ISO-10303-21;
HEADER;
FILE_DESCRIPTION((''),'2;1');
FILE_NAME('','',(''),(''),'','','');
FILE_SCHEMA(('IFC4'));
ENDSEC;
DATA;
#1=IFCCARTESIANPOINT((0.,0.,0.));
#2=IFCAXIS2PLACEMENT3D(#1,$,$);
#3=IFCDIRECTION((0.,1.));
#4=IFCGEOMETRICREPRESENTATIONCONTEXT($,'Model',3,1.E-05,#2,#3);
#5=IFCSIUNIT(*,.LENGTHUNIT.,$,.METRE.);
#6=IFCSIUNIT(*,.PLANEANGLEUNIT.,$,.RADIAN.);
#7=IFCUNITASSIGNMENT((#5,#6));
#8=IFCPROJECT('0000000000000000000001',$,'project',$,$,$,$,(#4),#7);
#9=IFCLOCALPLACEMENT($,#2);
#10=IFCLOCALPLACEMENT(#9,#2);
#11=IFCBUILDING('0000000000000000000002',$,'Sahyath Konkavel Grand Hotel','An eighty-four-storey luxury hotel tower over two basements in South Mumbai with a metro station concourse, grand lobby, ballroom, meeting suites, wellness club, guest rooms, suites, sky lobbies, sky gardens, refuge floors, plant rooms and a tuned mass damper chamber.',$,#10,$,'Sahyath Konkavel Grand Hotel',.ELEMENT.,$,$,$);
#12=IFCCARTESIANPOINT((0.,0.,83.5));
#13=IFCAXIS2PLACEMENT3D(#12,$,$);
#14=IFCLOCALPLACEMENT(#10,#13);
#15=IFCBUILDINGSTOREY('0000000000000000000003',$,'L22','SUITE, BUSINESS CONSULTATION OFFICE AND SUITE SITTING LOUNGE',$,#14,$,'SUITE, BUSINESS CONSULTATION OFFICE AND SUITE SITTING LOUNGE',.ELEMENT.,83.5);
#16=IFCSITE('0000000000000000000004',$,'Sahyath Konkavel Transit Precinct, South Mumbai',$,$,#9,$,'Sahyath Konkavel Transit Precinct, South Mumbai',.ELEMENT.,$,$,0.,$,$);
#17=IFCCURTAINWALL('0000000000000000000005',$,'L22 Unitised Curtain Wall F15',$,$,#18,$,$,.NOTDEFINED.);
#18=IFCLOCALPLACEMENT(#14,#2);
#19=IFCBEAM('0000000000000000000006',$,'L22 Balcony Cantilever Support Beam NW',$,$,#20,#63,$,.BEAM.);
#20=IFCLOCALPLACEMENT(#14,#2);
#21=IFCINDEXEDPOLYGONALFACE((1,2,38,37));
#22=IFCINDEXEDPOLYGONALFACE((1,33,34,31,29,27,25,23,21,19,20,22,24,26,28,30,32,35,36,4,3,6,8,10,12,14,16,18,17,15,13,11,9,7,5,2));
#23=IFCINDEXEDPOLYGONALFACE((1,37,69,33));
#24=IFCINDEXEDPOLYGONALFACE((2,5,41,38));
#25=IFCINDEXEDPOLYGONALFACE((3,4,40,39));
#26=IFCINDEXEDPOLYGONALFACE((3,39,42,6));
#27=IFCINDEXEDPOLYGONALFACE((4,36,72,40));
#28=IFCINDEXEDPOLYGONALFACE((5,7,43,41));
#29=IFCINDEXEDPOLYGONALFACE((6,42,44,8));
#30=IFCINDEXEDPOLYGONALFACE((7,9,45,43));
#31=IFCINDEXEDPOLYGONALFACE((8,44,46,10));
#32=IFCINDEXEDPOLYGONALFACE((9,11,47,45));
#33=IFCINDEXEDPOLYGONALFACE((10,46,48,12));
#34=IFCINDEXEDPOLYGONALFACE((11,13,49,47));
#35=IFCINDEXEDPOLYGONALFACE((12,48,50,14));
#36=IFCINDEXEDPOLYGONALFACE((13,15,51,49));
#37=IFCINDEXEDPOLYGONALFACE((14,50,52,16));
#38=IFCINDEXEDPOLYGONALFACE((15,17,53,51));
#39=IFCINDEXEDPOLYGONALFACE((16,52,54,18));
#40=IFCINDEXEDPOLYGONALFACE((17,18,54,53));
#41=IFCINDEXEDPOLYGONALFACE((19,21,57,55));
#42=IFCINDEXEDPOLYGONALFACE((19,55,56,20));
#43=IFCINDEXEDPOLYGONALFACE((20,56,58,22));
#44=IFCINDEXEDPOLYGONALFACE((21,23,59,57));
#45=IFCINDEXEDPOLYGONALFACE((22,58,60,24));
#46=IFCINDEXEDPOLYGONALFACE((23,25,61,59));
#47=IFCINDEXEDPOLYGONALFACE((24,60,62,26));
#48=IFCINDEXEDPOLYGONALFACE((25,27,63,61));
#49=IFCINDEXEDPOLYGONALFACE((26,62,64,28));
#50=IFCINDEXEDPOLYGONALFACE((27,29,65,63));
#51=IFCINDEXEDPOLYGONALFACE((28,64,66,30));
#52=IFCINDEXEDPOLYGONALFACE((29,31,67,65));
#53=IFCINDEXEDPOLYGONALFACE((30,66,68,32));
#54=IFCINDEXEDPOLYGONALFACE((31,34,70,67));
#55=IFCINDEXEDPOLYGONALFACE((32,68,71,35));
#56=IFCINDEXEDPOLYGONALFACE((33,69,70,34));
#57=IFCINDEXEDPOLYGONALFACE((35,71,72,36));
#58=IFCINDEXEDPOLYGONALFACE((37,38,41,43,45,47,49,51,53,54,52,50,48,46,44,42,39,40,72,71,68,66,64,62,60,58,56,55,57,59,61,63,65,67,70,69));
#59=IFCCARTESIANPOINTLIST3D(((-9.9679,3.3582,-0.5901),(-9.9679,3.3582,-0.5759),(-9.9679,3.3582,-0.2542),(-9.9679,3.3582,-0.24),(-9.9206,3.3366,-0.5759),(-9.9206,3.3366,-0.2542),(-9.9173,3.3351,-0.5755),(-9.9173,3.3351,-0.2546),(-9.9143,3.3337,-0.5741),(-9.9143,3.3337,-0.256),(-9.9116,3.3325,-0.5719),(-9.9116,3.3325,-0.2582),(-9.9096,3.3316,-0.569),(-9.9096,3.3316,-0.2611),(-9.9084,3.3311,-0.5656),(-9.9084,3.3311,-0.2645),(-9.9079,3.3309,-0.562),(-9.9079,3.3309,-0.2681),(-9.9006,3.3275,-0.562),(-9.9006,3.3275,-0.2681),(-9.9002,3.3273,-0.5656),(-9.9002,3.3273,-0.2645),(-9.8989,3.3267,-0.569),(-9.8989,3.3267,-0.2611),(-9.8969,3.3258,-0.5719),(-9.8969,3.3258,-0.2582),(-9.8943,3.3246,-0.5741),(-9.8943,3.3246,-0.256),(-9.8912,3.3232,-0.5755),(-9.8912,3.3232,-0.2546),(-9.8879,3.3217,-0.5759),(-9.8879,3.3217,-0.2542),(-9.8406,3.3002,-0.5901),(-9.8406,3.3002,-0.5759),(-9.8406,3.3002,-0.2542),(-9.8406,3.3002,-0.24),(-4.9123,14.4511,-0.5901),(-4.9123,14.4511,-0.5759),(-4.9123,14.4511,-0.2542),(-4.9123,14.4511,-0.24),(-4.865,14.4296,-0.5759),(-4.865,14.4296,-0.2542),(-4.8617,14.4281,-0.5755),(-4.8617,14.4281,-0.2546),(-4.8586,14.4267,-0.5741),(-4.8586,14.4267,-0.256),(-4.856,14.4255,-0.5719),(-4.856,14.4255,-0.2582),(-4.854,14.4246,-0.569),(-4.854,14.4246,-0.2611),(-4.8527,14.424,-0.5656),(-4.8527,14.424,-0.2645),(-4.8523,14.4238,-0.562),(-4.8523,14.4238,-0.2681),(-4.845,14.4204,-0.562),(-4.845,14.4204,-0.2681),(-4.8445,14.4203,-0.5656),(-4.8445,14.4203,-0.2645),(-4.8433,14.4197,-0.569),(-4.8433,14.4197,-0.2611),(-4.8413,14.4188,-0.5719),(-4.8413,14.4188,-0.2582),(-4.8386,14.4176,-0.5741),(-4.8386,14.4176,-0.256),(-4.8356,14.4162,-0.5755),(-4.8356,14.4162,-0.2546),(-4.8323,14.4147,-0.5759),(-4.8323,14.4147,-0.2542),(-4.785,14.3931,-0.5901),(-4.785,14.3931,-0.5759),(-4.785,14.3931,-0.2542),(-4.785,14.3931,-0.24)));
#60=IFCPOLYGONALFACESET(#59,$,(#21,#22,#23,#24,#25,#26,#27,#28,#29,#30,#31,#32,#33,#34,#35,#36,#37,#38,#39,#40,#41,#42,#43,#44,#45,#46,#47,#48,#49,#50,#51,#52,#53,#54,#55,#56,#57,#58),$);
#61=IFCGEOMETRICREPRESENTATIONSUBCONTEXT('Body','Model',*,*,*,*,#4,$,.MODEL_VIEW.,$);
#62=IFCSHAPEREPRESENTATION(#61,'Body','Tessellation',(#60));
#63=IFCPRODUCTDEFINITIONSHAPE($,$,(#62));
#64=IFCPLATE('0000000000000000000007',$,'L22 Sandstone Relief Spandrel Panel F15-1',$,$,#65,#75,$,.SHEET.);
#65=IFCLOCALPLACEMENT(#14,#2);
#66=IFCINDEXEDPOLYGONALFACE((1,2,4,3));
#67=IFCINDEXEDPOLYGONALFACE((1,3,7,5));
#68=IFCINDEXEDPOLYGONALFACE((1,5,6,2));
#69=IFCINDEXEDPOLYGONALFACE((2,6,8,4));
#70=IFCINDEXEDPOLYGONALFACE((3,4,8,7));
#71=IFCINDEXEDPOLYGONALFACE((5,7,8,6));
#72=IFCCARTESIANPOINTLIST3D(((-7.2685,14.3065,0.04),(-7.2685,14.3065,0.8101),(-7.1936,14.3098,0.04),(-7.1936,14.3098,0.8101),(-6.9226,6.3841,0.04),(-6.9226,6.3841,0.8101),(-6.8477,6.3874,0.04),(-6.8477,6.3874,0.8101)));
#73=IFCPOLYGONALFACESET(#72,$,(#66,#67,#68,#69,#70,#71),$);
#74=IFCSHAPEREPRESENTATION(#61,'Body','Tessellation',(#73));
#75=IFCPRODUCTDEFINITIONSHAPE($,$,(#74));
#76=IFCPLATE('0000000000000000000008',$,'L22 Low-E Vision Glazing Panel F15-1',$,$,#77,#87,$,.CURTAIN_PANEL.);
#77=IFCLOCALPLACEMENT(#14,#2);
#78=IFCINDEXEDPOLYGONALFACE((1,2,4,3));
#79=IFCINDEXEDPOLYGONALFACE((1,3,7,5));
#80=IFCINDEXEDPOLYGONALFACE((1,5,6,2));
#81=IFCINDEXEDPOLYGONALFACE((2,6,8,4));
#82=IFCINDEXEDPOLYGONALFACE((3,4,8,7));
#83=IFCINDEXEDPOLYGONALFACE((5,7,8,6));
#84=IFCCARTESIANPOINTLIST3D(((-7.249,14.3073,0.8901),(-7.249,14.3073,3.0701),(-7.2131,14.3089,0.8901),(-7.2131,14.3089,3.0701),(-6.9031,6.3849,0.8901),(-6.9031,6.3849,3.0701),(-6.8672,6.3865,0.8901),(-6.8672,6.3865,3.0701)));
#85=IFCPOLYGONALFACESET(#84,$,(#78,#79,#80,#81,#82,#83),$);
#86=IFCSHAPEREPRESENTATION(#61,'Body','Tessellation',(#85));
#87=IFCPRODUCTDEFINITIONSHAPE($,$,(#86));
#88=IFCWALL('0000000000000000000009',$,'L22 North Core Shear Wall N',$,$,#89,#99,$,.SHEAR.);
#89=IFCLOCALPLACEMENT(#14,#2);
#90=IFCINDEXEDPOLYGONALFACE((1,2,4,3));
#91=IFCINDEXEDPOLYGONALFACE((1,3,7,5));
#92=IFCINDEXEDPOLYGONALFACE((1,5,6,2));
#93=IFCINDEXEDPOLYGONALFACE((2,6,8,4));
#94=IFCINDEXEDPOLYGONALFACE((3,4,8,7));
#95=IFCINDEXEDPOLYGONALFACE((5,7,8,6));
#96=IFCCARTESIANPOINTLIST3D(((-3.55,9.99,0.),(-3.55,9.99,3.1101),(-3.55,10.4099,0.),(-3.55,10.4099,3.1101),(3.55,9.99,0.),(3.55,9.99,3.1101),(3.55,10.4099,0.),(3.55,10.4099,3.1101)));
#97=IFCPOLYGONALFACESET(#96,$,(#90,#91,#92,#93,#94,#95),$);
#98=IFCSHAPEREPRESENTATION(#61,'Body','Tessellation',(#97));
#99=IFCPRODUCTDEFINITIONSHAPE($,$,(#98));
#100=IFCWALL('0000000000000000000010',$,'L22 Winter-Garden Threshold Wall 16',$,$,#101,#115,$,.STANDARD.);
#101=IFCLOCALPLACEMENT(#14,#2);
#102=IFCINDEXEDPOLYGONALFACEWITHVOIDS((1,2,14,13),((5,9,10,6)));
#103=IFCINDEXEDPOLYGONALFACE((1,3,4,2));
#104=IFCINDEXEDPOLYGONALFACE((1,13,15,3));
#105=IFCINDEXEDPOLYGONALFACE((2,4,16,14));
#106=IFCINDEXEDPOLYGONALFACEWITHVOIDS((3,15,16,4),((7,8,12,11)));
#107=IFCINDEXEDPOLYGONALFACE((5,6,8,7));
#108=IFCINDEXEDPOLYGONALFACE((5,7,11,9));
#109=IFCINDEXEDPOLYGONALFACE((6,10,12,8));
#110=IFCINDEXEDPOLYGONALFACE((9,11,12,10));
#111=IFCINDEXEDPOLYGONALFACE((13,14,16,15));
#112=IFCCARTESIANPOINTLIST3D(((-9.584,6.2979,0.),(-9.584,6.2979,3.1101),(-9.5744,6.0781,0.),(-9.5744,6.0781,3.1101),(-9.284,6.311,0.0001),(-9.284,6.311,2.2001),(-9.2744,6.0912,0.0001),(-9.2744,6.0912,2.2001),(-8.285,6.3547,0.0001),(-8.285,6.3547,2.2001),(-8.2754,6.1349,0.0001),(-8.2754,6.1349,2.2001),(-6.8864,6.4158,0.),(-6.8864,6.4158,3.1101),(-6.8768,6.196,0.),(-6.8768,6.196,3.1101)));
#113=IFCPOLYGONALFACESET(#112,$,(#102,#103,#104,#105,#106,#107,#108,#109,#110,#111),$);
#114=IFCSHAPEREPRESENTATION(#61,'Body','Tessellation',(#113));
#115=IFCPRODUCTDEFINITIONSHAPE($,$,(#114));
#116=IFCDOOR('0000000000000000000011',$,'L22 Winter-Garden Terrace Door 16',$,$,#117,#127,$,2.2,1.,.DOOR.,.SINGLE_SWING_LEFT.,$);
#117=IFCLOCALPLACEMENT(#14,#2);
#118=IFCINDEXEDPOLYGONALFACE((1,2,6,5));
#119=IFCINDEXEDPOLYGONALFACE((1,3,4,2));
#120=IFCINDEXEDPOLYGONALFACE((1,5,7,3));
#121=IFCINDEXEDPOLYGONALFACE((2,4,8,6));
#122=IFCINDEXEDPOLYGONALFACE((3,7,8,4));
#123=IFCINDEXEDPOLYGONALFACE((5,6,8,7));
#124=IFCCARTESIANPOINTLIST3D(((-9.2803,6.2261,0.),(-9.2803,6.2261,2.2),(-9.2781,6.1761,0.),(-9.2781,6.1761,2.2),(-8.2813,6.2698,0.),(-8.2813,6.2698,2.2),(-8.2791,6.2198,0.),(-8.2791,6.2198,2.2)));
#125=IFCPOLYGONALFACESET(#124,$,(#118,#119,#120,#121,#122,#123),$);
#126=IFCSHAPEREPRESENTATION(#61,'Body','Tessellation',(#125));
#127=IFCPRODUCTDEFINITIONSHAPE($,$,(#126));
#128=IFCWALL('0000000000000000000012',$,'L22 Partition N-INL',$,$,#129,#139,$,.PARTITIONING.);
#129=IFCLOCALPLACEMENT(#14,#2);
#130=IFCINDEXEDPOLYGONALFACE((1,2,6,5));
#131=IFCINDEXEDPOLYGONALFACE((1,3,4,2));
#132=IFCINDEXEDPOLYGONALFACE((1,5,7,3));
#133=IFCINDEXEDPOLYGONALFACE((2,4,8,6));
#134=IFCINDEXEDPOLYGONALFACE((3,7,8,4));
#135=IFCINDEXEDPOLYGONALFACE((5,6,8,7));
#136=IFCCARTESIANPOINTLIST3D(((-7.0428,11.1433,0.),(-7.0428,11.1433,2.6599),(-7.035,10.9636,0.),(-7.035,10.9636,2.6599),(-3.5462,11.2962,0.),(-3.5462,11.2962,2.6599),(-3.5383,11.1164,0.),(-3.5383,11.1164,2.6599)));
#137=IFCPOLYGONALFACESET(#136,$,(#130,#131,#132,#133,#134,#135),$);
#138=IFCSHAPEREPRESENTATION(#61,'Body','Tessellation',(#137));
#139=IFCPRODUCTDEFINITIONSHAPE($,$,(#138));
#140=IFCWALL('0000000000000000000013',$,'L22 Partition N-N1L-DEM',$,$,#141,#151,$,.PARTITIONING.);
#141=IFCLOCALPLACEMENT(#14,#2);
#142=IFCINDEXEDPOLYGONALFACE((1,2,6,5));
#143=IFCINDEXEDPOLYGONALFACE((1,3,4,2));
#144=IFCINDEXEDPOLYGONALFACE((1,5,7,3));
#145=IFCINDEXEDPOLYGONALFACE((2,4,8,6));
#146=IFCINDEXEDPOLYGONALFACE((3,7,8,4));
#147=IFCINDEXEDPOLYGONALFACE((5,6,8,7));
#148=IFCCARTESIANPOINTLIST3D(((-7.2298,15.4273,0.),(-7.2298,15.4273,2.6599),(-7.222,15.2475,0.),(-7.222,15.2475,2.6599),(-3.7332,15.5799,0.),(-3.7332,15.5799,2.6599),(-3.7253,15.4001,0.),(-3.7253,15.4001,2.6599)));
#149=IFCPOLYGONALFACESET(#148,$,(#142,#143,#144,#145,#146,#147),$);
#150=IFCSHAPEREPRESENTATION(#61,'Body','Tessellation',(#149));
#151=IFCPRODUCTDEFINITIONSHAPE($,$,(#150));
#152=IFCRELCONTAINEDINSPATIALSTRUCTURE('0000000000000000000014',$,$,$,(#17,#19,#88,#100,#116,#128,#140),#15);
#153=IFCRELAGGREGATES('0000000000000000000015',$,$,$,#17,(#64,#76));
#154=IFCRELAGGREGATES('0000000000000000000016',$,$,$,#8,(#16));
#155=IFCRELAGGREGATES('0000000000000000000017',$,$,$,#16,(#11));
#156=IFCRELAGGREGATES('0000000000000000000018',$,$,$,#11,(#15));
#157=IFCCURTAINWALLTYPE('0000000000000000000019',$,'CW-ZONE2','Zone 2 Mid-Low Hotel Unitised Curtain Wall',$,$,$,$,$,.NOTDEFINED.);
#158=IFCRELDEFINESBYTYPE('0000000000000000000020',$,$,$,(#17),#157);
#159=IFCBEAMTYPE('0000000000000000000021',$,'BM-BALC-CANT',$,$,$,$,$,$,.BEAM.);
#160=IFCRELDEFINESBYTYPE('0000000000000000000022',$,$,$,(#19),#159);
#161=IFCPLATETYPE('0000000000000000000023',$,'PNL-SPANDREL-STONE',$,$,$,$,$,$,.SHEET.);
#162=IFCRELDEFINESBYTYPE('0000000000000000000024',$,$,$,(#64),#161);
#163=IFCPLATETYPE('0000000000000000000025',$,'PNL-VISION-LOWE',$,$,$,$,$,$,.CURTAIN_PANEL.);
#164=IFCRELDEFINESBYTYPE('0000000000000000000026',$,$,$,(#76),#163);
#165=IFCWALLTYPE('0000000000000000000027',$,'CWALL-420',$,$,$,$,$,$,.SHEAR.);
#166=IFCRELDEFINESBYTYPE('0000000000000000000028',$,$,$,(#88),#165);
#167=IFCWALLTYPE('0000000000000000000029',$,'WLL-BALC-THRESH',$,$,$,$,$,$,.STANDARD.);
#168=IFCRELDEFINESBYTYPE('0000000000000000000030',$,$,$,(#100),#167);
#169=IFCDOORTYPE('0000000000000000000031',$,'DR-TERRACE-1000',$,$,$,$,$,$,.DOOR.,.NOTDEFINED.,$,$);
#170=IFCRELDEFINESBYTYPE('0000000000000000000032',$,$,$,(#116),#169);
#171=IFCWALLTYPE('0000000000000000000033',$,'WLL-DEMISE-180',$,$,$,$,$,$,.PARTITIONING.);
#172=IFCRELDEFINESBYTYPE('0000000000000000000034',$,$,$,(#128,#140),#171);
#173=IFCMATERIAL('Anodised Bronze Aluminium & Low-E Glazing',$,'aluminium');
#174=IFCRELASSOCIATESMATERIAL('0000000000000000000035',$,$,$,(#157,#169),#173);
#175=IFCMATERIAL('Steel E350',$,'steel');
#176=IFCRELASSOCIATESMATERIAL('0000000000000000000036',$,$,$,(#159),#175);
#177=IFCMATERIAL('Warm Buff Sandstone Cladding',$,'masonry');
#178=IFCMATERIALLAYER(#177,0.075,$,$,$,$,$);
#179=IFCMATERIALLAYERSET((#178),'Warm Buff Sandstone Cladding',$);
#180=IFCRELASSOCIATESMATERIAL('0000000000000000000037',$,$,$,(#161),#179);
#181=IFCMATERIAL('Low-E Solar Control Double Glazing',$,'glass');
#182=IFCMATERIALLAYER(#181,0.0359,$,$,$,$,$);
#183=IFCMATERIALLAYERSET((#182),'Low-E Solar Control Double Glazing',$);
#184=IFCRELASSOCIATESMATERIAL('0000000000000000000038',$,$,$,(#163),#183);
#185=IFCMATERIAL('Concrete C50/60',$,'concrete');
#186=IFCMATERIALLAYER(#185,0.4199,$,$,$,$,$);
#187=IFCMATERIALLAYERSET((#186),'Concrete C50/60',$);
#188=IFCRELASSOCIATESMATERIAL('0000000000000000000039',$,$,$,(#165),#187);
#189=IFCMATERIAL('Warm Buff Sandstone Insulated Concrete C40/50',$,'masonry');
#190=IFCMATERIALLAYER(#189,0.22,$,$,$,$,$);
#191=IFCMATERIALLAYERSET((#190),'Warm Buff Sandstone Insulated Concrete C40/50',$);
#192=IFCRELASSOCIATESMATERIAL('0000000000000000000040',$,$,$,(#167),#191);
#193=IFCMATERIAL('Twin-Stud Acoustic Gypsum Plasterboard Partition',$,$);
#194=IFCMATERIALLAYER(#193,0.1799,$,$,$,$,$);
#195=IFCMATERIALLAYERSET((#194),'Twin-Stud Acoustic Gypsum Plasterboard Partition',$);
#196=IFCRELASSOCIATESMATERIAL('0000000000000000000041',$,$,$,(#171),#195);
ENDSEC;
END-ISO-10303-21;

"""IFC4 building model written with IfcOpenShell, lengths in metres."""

from ifc_helpers import new_model, si_unit, direction, frame, frame_2d, origin, origin_2d, place, context, subcontext, project, spatial, rectangle, i_section, extrude, source, transform, mapped, material, layer, layer_set, material_profile, profile_set, type_object, element, fill, aggregate, save


model = new_model("IFC4")

# Units and contexts
model_context = context("Model", 3, precision=1e-05, world=origin(), true_north=direction((0.0, 1.0)))
body_context = subcontext(model_context, "Body", "Model", "MODEL_VIEW")
ifc_project = project(units=[si_unit("LENGTHUNIT", "METRE"), si_unit("PLANEANGLEUNIT", "RADIAN")], contexts=[model_context])

# Site, building, storey
site_placement = place(None, origin())
site = spatial("IfcSite", under=ifc_project, at=site_placement, Name="Sahyath Konkavel Transit Precinct, South Mumbai", LongName="Sahyath Konkavel Transit Precinct, South Mumbai", CompositionType="ELEMENT", RefElevation=0.0)
building_placement = place(site_placement, origin())
building = spatial("IfcBuilding", under=site, at=building_placement, Name="Sahyath Konkavel Grand Hotel", Description="An eighty-four-storey luxury hotel tower over two basements in South Mumbai with a metro station concourse, grand lobby, ballroom, meeting suites, wellness club, guest rooms, suites, sky lobbies, sky gardens, refuge floors, plant rooms and a tuned mass damper chamber.", LongName="Sahyath Konkavel Grand Hotel", CompositionType="ELEMENT")
storey_placement = place(building_placement, frame((0.0, 0.0, 83.5)))
storey = spatial("IfcBuildingStorey", under=building, at=storey_placement, Name="L22", Description="SUITE, BUSINESS CONSULTATION OFFICE AND SUITE SITTING LOUNGE", LongName="SUITE, BUSINESS CONSULTATION OFFICE AND SUITE SITTING LOUNGE", CompositionType="ELEMENT", Elevation=83.5)

# Shared definitions
ifc_material_1 = material(Name="Steel E350", Category="steel")

# Curtain wall
ifc_material_2 = material(Name="Anodised Bronze Aluminium & Low-E Glazing", Category="aluminium")
curtain_wall_type = type_object("IfcCurtainWallType", Name="CW-ZONE2", Description="Zone 2 Mid-Low Hotel Unitised Curtain Wall", PredefinedType="NOTDEFINED", material=ifc_material_2)
curtain_wall_placement = place(storey_placement, origin())
curtain_wall = element("IfcCurtainWall", 1, at=curtain_wall_placement, inside=storey, type_object=curtain_wall_type, Name="L22 Unitised Curtain Wall F15", PredefinedType="NOTDEFINED")

# Beam
ifc_material_profile_1 = material_profile(ifc_material_1, i_section(OverallWidth=0.1399, OverallDepth=0.3501, WebThickness=0.0081, FlangeThickness=0.0142, FilletRadius=0.0139, at=origin_2d()), Name="ISMB 350")
ifc_profile_set_1 = profile_set([ifc_material_profile_1], Name="Steel E350")
beam_type_1 = type_object("IfcBeamType", Name="BM-BALC-CANT", PredefinedType="BEAM", material=ifc_profile_set_1)
shared_shape_1 = source(origin(), body_context, "Body", "SweptSolid", [
    extrude(i_section(OverallWidth=0.1399, OverallDepth=0.3501, WebThickness=0.0081, FlangeThickness=0.0142, FilletRadius=0.0139, at=origin_2d()), origin(), (0.0, 0.0, 1.0), 12.1907),
])
beam_1_placement = place(storey_placement, frame((-4.8486, 14.4221, -0.415), z_axis=(-0.414713, -0.909952, 0.0), x_axis=(0.909952, -0.414713, 0.0)))
element("IfcBeam", 2, at=beam_1_placement, inside=storey, type_object=beam_type_1, Name="L22 Balcony Cantilever Support Beam NW", PredefinedType="BEAM", context=body_context, shape_type="MappedRepresentation", body=[
    mapped(shared_shape_1, transform((0.0, 0.0, 0.0), scale=1.0)),
])

# Plates
ifc_material_3 = material(Name="Warm Buff Sandstone Cladding", Category="masonry")
ifc_layer_1 = layer(ifc_material_3, 0.075)
ifc_layer_set_1 = layer_set([ifc_layer_1], Name="Warm Buff Sandstone Cladding")
plate_type_1 = type_object("IfcPlateType", Name="PNL-SPANDREL-STONE", PredefinedType="SHEET", material=ifc_layer_set_1)
shared_shape_2 = source(origin(), body_context, "Body", "SweptSolid", [
    extrude(rectangle(XDim=7.9299, YDim=0.075, at=origin_2d()), origin(), (0.0, 0.0, 1.0), 0.77),
])
plate_1_placement = place(storey_placement, frame((-7.0581, 10.3469, 0.04), z_axis=(0.0, 0.0, 1.0), x_axis=(0.043619, -0.999048, 0.0)))
plate_1 = element("IfcPlate", 3, at=plate_1_placement, type_object=plate_type_1, Name="L22 Sandstone Relief Spandrel Panel F15-1", PredefinedType="SHEET", context=body_context, shape_type="MappedRepresentation", body=[
    mapped(shared_shape_2, transform((0.0, 0.0, 0.0), scale=1.0)),
])
ifc_material_4 = material(Name="Low-E Solar Control Double Glazing", Category="glass")
ifc_layer_2 = layer(ifc_material_4, 0.0359)
ifc_layer_set_2 = layer_set([ifc_layer_2], Name="Low-E Solar Control Double Glazing")
plate_type_2 = type_object("IfcPlateType", Name="PNL-VISION-LOWE", PredefinedType="CURTAIN_PANEL", material=ifc_layer_set_2)
shared_shape_3 = source(origin(), body_context, "Body", "SweptSolid", [
    extrude(rectangle(XDim=7.9299, YDim=0.0359, at=origin_2d()), origin(), (0.0, 0.0, 1.0), 2.1799),
])
plate_2_placement = place(storey_placement, frame((-7.0581, 10.3469, 0.8901), z_axis=(0.0, 0.0, 1.0), x_axis=(0.043619, -0.999048, 0.0)))
plate_2 = element("IfcPlate", 4, at=plate_2_placement, type_object=plate_type_2, Name="L22 Low-E Vision Glazing Panel F15-1", PredefinedType="CURTAIN_PANEL", context=body_context, shape_type="MappedRepresentation", body=[
    mapped(shared_shape_3, transform((0.0, 0.0, 0.0), scale=1.0)),
])
aggregate(curtain_wall, [plate_1, plate_2])

# Wall
ifc_material_5 = material(Name="Concrete C50/60", Category="concrete")
ifc_layer_3 = layer(ifc_material_5, 0.4199)
ifc_layer_set_3 = layer_set([ifc_layer_3], Name="Concrete C50/60")
wall_type_1 = type_object("IfcWallType", Name="CWALL-420", PredefinedType="SHEAR", material=ifc_layer_set_3)
wall_1_placement = place(storey_placement, frame((-3.55, 10.2, 0.0), z_axis=(0.0, 0.0, 1.0), x_axis=(1.0, 0.0, 0.0)))
element("IfcWall", 5, at=wall_1_placement, inside=storey, type_object=wall_type_1, Name="L22 North Core Shear Wall N", PredefinedType="SHEAR", context=body_context, shape_type="SweptSolid", body=[
    extrude(rectangle(XDim=7.1001, YDim=0.4199, at=frame_2d((3.55, 0.0))), origin(), (0.0, 0.0, 1.0), 3.1101),
])

# Wall, opening, door
ifc_material_6 = material(Name="Warm Buff Sandstone Insulated Concrete C40/50", Category="masonry")
ifc_layer_4 = layer(ifc_material_6, 0.22)
ifc_layer_set_4 = layer_set([ifc_layer_4], Name="Warm Buff Sandstone Insulated Concrete C40/50")
wall_type_2 = type_object("IfcWallType", Name="WLL-BALC-THRESH", PredefinedType="STANDARD", material=ifc_layer_set_4)
wall_2_placement = place(storey_placement, frame((-6.8816, 6.3059, 0.0), z_axis=(0.0, 0.0, 1.0), x_axis=(-0.999046, -0.043673, 0.0)))
wall_2 = element("IfcWall", 6, at=wall_2_placement, inside=storey, type_object=wall_type_2, Name="L22 Winter-Garden Threshold Wall 16", PredefinedType="STANDARD", context=body_context, shape_type="SweptSolid", body=[
    extrude(rectangle(XDim=2.7002, YDim=0.22, at=frame_2d((1.3501, 0.0))), origin(), (0.0, 0.0, 1.0), 3.1101),
])
opening_1_placement = place(wall_2_placement, frame((1.3999, 0.0, 0.0)))
opening_1 = element("IfcOpeningElement", 7, at=opening_1_placement, cuts=wall_2, PredefinedType="OPENING", context=body_context, shape_type="SweptSolid", body=[
    extrude(rectangle(XDim=1.0, YDim=2.2, at=frame_2d((0.5, 1.1001))), frame((0.0, 0.1201, 0.0), z_axis=(0.0, -1.0, 0.0), x_axis=(1.0, 0.0, 0.0)), (0.0, 0.0, 1.0), 0.24),
])
door_type_1 = type_object("IfcDoorType", Name="DR-TERRACE-1000", OperationType="NOTDEFINED", PredefinedType="DOOR", material=ifc_material_2)
shared_shape_4 = source(origin(), body_context, "Body", "SweptSolid", [
    extrude(rectangle(XDim=1.0, YDim=0.05, at=origin_2d()), origin(), (0.0, 0.0, 1.0), 2.2),
])
door_1_placement = place(opening_1_placement, frame((0.5, 0.0, 0.0)))
door_1 = element("IfcDoor", 8, at=door_1_placement, inside=storey, type_object=door_type_1, Name="L22 Winter-Garden Terrace Door 16", OperationType="SINGLE_SWING_LEFT", OverallHeight=2.2, OverallWidth=1.0, PredefinedType="DOOR", context=body_context, shape_type="MappedRepresentation", body=[
    mapped(shared_shape_4, transform((0.0, 0.0, 0.0), scale=1.0)),
])
fill(opening_1, door_1)

# Walls
ifc_material_7 = material(Name="Twin-Stud Acoustic Gypsum Plasterboard Partition")
ifc_layer_5 = layer(ifc_material_7, 0.1799)
ifc_layer_set_5 = layer_set([ifc_layer_5], Name="Twin-Stud Acoustic Gypsum Plasterboard Partition")
wall_type_3 = type_object("IfcWallType", Name="WLL-DEMISE-180", PredefinedType="PARTITIONING", material=ifc_layer_set_5)
for number, where, z_axis, x_axis, name in (
    (9, (-3.5422, 11.2063, 0.0), (0.0, 0.0, 1.0), (-0.999046, -0.043667, 0.0), "L22 Partition N-INL"),
    (10, (-3.7292, 15.49, 0.0), (0.0, 0.0, 1.0), (-0.999049, -0.043598, 0.0), "L22 Partition N-N1L-DEM"),
):
    element("IfcWall", number, at=place(storey_placement, frame(where, z_axis=z_axis, x_axis=x_axis)), inside=storey, type_object=wall_type_3, Name=name, PredefinedType="PARTITIONING", context=body_context, shape_type="SweptSolid", body=[
        extrude(rectangle(XDim=3.5, YDim=0.1799, at=frame_2d((1.75, 0.0))), origin(), (0.0, 0.0, 1.0), 2.6599),
    ])

save(model, "model.ifc")
